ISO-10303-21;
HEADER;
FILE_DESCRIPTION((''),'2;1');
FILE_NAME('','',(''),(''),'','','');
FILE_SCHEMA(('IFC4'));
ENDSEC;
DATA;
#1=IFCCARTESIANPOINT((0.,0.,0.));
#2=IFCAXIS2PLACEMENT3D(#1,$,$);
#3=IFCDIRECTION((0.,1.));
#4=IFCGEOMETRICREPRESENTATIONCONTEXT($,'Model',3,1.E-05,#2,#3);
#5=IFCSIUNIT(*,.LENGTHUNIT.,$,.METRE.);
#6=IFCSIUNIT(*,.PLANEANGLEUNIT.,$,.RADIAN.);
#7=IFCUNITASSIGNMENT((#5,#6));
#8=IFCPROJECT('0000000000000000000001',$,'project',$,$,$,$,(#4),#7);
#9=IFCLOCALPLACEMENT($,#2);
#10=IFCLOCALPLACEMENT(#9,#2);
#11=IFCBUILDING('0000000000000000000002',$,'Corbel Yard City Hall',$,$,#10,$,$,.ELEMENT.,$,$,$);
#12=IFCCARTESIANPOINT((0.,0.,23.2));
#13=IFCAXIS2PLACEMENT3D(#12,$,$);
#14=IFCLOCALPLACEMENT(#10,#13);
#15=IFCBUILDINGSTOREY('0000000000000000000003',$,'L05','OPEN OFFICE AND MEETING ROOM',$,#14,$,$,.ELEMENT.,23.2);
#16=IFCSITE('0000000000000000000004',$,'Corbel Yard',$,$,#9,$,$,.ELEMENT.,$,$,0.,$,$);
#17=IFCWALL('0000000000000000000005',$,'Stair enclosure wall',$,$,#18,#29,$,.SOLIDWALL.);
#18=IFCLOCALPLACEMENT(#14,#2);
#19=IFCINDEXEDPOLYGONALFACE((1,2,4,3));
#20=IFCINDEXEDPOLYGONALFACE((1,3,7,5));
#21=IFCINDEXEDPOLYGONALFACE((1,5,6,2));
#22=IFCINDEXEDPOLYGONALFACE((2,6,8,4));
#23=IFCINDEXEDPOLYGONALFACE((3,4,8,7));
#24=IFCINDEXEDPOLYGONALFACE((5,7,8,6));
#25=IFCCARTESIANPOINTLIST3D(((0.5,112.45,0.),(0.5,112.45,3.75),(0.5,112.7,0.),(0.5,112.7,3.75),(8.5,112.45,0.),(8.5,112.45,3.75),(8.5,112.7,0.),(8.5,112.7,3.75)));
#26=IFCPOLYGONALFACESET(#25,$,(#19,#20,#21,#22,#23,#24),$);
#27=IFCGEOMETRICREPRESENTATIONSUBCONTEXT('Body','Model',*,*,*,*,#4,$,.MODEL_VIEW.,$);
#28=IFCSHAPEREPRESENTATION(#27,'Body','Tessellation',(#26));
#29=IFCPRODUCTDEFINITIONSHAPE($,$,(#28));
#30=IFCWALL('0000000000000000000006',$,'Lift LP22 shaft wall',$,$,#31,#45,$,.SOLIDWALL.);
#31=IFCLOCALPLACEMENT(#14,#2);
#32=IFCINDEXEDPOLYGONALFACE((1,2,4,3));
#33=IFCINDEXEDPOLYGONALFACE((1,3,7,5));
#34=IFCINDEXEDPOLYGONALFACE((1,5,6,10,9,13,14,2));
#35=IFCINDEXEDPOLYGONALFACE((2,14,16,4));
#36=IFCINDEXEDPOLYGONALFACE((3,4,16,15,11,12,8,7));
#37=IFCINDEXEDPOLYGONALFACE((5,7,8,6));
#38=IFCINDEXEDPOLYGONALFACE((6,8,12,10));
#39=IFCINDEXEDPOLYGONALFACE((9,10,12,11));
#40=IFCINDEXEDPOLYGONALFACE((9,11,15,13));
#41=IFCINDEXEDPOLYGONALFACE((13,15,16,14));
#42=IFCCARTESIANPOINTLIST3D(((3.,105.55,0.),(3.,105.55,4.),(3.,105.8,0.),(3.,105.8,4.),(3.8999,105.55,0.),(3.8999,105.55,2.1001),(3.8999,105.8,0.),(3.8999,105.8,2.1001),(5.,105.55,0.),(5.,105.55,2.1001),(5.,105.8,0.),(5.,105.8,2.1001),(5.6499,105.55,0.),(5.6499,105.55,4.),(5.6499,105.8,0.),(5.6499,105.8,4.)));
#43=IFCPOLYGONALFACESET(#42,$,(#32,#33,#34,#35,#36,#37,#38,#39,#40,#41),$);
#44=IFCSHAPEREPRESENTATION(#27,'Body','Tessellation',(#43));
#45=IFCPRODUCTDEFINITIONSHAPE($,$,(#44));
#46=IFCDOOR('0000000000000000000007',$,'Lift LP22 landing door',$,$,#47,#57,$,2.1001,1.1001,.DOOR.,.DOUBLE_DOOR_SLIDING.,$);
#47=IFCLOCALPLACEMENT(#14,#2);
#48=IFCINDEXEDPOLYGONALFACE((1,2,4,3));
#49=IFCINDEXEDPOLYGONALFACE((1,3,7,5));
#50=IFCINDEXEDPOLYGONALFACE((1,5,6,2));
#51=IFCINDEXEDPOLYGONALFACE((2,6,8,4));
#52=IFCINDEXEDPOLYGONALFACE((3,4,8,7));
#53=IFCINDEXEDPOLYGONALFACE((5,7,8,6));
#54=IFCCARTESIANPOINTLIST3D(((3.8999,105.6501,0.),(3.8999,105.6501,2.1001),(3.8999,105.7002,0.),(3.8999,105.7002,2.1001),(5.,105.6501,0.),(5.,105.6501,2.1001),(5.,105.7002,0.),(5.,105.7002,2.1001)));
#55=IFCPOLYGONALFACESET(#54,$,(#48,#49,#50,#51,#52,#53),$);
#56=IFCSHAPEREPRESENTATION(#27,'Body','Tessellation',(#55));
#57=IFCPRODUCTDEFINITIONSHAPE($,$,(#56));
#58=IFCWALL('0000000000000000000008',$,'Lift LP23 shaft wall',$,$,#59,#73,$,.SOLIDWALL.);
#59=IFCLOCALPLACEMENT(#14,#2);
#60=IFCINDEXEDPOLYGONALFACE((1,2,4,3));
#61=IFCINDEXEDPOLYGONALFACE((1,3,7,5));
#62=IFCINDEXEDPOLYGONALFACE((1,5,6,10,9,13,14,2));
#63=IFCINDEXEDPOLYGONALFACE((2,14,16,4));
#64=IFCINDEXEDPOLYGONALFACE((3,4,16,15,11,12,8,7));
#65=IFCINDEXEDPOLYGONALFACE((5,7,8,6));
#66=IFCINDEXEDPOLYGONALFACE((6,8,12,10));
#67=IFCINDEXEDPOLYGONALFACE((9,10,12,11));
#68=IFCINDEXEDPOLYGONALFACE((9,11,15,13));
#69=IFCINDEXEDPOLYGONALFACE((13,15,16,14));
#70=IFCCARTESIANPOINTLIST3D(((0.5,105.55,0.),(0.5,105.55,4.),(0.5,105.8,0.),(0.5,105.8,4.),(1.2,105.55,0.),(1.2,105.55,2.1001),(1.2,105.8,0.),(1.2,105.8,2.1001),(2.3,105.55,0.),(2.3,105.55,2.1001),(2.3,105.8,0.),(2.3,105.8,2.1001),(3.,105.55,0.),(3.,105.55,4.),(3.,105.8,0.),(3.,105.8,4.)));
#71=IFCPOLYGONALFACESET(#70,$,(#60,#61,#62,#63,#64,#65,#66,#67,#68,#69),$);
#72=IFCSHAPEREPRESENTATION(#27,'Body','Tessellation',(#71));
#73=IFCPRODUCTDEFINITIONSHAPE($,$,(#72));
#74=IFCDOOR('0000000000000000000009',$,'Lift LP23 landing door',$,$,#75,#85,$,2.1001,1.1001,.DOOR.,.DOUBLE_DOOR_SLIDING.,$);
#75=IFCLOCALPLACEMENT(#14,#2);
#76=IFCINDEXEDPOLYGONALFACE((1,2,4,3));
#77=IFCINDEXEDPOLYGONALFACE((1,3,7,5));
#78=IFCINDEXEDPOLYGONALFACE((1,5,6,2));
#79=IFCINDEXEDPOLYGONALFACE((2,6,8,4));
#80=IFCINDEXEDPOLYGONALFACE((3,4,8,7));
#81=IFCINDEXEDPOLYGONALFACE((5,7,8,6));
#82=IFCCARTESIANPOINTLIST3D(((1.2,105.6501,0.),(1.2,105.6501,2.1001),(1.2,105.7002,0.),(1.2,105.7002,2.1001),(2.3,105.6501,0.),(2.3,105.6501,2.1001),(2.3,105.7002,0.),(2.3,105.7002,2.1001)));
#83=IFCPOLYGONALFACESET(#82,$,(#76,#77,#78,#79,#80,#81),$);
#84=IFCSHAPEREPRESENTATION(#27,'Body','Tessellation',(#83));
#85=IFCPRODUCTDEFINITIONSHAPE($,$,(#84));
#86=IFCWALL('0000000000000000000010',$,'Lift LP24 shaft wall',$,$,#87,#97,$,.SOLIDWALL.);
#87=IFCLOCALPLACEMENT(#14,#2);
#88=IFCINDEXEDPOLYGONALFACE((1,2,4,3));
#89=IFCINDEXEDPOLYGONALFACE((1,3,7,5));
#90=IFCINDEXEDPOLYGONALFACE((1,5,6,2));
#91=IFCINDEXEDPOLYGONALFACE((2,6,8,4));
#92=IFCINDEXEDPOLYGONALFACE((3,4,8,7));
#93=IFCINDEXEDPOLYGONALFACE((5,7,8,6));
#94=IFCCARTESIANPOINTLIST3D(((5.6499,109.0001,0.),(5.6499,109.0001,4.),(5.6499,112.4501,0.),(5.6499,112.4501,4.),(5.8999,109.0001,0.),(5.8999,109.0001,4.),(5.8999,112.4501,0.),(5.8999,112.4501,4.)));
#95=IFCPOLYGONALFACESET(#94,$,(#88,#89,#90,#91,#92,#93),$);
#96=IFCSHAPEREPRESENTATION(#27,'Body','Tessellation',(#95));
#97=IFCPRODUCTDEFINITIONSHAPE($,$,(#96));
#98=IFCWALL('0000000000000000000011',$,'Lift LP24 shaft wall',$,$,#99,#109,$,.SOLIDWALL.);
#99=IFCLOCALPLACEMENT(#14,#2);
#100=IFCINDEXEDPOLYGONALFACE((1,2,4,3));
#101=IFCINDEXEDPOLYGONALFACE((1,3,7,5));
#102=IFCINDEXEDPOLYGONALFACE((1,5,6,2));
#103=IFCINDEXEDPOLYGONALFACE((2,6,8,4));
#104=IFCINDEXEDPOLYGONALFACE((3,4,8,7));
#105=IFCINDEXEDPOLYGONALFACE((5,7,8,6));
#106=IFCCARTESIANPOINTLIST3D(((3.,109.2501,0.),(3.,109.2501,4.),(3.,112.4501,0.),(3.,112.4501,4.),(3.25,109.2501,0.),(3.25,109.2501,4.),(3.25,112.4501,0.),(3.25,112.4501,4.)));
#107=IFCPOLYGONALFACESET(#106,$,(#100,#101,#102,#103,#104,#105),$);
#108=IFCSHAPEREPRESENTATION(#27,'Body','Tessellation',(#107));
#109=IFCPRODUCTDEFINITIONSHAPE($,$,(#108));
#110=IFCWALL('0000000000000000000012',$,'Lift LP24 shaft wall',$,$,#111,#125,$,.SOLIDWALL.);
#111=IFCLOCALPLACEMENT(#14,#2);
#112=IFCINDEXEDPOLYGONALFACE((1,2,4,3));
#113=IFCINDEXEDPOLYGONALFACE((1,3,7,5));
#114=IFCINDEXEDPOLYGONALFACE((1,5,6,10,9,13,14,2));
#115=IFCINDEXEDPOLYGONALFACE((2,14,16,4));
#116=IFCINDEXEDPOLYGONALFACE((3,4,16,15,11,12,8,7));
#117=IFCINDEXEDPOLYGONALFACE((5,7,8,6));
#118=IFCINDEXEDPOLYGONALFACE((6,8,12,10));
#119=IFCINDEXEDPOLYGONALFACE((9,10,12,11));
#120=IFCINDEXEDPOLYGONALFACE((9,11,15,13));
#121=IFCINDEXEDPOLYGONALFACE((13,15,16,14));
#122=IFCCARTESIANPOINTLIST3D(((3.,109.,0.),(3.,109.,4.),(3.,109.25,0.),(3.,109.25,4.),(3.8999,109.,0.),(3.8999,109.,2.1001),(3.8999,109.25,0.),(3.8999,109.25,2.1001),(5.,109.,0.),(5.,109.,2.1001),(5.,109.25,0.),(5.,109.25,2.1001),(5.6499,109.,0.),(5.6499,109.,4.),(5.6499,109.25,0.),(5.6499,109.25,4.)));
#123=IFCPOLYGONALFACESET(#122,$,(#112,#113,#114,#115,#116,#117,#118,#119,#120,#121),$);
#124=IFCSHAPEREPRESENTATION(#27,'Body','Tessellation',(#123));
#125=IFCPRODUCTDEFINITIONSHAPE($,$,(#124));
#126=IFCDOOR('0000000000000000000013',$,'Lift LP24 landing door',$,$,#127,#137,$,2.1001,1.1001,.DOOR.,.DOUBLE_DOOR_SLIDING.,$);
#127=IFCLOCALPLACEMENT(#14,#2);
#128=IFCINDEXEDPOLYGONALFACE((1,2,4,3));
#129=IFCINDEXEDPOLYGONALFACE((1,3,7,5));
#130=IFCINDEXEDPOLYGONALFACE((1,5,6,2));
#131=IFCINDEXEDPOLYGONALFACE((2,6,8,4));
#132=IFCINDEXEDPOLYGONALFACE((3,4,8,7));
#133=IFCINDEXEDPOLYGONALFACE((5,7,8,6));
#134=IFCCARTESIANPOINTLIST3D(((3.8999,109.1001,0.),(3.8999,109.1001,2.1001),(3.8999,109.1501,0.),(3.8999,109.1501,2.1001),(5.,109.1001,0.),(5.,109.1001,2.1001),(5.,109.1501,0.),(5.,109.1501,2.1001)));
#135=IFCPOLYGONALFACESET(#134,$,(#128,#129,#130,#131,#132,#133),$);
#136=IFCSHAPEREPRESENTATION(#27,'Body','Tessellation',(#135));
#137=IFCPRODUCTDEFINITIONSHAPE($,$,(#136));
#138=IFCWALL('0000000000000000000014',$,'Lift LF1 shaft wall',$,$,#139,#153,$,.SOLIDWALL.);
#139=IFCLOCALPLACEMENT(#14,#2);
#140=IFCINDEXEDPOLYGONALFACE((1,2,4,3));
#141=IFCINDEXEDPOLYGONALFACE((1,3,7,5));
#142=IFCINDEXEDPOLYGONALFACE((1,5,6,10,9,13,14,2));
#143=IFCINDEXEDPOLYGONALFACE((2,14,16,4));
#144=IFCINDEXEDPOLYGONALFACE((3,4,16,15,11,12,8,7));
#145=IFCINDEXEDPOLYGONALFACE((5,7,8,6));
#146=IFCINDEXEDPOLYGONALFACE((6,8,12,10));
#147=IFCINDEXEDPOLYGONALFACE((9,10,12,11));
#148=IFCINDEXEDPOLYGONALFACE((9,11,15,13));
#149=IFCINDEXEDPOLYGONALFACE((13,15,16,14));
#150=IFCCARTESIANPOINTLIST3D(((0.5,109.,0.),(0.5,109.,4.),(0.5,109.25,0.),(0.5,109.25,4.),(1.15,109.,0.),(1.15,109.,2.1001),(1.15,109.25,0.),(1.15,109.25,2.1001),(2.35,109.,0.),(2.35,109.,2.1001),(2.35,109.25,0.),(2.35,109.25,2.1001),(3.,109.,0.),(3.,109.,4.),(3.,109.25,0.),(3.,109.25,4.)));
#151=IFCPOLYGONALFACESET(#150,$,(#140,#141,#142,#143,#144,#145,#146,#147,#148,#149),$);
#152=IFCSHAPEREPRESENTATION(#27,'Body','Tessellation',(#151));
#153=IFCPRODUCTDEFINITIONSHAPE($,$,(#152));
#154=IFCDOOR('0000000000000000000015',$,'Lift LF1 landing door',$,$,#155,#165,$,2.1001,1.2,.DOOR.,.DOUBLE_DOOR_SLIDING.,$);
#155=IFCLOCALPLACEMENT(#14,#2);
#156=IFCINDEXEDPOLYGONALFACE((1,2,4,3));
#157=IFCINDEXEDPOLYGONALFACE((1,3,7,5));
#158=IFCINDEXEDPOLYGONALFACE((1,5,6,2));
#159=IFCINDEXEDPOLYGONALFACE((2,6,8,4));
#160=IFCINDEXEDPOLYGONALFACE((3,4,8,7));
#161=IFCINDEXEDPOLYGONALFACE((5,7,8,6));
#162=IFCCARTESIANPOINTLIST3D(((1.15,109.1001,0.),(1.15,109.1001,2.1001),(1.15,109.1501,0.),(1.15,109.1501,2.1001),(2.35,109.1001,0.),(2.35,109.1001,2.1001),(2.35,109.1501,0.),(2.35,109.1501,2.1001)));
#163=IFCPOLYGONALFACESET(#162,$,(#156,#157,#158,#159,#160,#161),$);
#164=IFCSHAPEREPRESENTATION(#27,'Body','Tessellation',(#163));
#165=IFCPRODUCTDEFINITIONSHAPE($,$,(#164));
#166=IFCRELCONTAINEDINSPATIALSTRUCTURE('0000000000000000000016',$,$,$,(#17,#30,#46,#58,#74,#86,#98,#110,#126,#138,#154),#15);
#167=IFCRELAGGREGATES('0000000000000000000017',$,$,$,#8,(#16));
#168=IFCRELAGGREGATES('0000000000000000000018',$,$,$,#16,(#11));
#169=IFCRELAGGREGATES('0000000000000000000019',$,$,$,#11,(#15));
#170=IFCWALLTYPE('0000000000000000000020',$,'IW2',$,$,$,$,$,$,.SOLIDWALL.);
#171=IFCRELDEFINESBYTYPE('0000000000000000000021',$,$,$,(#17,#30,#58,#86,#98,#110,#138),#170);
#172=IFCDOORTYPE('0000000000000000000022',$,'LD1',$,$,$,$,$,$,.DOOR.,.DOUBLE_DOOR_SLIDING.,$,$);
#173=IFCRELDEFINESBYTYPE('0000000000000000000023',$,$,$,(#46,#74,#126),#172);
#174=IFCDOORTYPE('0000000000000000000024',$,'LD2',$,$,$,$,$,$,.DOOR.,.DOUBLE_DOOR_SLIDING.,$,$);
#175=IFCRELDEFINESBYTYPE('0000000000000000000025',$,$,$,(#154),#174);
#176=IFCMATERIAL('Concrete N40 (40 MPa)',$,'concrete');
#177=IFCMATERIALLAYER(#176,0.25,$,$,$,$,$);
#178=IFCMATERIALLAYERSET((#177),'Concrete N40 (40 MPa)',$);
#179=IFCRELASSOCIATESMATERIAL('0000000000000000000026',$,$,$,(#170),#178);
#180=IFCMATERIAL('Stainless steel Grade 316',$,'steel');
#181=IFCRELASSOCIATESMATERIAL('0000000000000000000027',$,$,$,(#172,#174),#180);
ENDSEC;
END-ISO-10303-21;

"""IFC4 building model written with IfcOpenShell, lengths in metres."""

from ifc_helpers import new_model, si_unit, direction, frame, frame_2d, origin, place, context, subcontext, project, spatial, rectangle, extrude, material, layer, layer_set, type_object, element, fill, save


model = new_model("IFC4")

# Units and contexts
model_context = context("Model", 3, precision=1e-05, world=origin(), true_north=direction((0.0, 1.0)))
body_context = subcontext(model_context, "Body", "Model", "MODEL_VIEW")
ifc_project = project(units=[si_unit("LENGTHUNIT", "METRE"), si_unit("PLANEANGLEUNIT", "RADIAN")], contexts=[model_context])

# Site, building, storey
site_placement = place(None, origin())
site = spatial("IfcSite", under=ifc_project, at=site_placement, Name="Corbel Yard", CompositionType="ELEMENT", RefElevation=0.0)
building_placement = place(site_placement, origin())
building = spatial("IfcBuilding", under=site, at=building_placement, Name="Corbel Yard City Hall", CompositionType="ELEMENT")
storey_placement = place(building_placement, frame((0.0, 0.0, 23.2)))
storey = spatial("IfcBuildingStorey", under=building, at=storey_placement, Name="L05", Description="OPEN OFFICE AND MEETING ROOM", CompositionType="ELEMENT", Elevation=23.2)

# Wall
ifc_material_1 = material(Name="Concrete N40 (40 MPa)", Category="concrete")
ifc_layer_1 = layer(ifc_material_1, 0.25)
ifc_layer_set_1 = layer_set([ifc_layer_1], Name="Concrete N40 (40 MPa)")
wall_type_1 = type_object("IfcWallType", Name="IW2", PredefinedType="SOLIDWALL", material=ifc_layer_set_1)
wall_1_placement = place(storey_placement, frame((8.5, 112.575, 0.0), z_axis=(0.0, 0.0, 1.0), x_axis=(-1.0, 0.0, 0.0)))
element("IfcWall", 1, at=wall_1_placement, inside=storey, type_object=wall_type_1, Name="Stair enclosure wall", PredefinedType="SOLIDWALL", context=body_context, shape_type="SweptSolid", body=[
    extrude(rectangle(XDim=8.0, YDim=0.25, at=frame_2d((4.0, 0.0))), origin(), (0.0, 0.0, 1.0), 3.75),
])

# Walls, openings, doors
wall_2_placement = place(storey_placement, frame((5.6499, 105.675, 0.0), z_axis=(0.0, 0.0, 1.0), x_axis=(-1.0, 0.0, 0.0)))
wall_2 = element("IfcWall", 2, at=wall_2_placement, inside=storey, type_object=wall_type_1, Name="Lift LP22 shaft wall", PredefinedType="SOLIDWALL", context=body_context, shape_type="SweptSolid", body=[
    extrude(rectangle(XDim=2.6499, YDim=0.25, at=frame_2d((1.325, 0.0))), origin(), (0.0, 0.0, 1.0), 4.0),
])
opening_1_placement = place(wall_2_placement, frame((0.6499, 0.0, 0.0)))
opening_1 = element("IfcOpeningElement", 3, at=opening_1_placement, cuts=wall_2, PredefinedType="OPENING", context=body_context, shape_type="SweptSolid", body=[
    extrude(rectangle(XDim=1.1001, YDim=2.1001, at=frame_2d((0.55, 1.05))), frame((0.0, 0.135, 0.0), z_axis=(0.0, -1.0, 0.0), x_axis=(1.0, 0.0, 0.0)), (0.0, 0.0, 1.0), 0.27),
])
ifc_material_2 = material(Name="Stainless steel Grade 316", Category="steel")
door_type_1 = type_object("IfcDoorType", Name="LD1", OperationType="DOUBLE_DOOR_SLIDING", PredefinedType="DOOR", material=ifc_material_2)
door_1_placement = place(opening_1_placement, origin())
door_1 = element("IfcDoor", 4, at=door_1_placement, inside=storey, type_object=door_type_1, Name="Lift LP22 landing door", OperationType="DOUBLE_DOOR_SLIDING", OverallHeight=2.1001, OverallWidth=1.1001, PredefinedType="DOOR", context=body_context, shape_type="SweptSolid", body=[
    extrude(rectangle(XDim=1.1001, YDim=2.1001, at=frame_2d((0.55, 1.05))), frame((0.0, 0.0249, 0.0), z_axis=(0.0, -1.0, 0.0), x_axis=(1.0, 0.0, 0.0)), (0.0, 0.0, 1.0), 0.05),
])
fill(opening_1, door_1)
wall_3_placement = place(storey_placement, frame((3.0, 105.675, 0.0), z_axis=(0.0, 0.0, 1.0), x_axis=(-1.0, 0.0, 0.0)))
wall_3 = element("IfcWall", 5, at=wall_3_placement, inside=storey, type_object=wall_type_1, Name="Lift LP23 shaft wall", PredefinedType="SOLIDWALL", context=body_context, shape_type="SweptSolid", body=[
    extrude(rectangle(XDim=2.5, YDim=0.25, at=frame_2d((1.25, 0.0))), origin(), (0.0, 0.0, 1.0), 4.0),
])
opening_2_placement = place(wall_3_placement, frame((0.7, 0.0, 0.0)))
opening_2 = element("IfcOpeningElement", 6, at=opening_2_placement, cuts=wall_3, PredefinedType="OPENING", context=body_context, shape_type="SweptSolid", body=[
    extrude(rectangle(XDim=1.1001, YDim=2.1001, at=frame_2d((0.55, 1.05))), frame((0.0, 0.135, 0.0), z_axis=(0.0, -1.0, 0.0), x_axis=(1.0, 0.0, 0.0)), (0.0, 0.0, 1.0), 0.27),
])
door_2_placement = place(opening_2_placement, origin())
door_2 = element("IfcDoor", 7, at=door_2_placement, inside=storey, type_object=door_type_1, Name="Lift LP23 landing door", OperationType="DOUBLE_DOOR_SLIDING", OverallHeight=2.1001, OverallWidth=1.1001, PredefinedType="DOOR", context=body_context, shape_type="SweptSolid", body=[
    extrude(rectangle(XDim=1.1001, YDim=2.1001, at=frame_2d((0.55, 1.05))), frame((0.0, 0.0249, 0.0), z_axis=(0.0, -1.0, 0.0), x_axis=(1.0, 0.0, 0.0)), (0.0, 0.0, 1.0), 0.05),
])
fill(opening_2, door_2)

# Walls
wall_4_placement = place(storey_placement, frame((5.7749, 109.0, 0.0), z_axis=(0.0, 0.0, 1.0), x_axis=(0.0, 1.0, 0.0)))
element("IfcWall", 8, at=wall_4_placement, inside=storey, type_object=wall_type_1, Name="Lift LP24 shaft wall", PredefinedType="SOLIDWALL", context=body_context, shape_type="SweptSolid", body=[
    extrude(rectangle(XDim=3.45, YDim=0.25, at=frame_2d((1.7251, 0.0))), origin(), (0.0, 0.0, 1.0), 4.0),
])
wall_5_placement = place(storey_placement, frame((3.125, 109.25, 0.0), z_axis=(0.0, 0.0, 1.0), x_axis=(0.0, 1.0, 0.0)))
element("IfcWall", 9, at=wall_5_placement, inside=storey, type_object=wall_type_1, Name="Lift LP24 shaft wall", PredefinedType="SOLIDWALL", context=body_context, shape_type="SweptSolid", body=[
    extrude(rectangle(XDim=3.2, YDim=0.25, at=frame_2d((1.6001, 0.0))), origin(), (0.0, 0.0, 1.0), 4.0),
])

# Walls, openings, doors
wall_6_placement = place(storey_placement, frame((5.6499, 109.125, 0.0), z_axis=(0.0, 0.0, 1.0), x_axis=(-1.0, 0.0, 0.0)))
wall_6 = element("IfcWall", 10, at=wall_6_placement, inside=storey, type_object=wall_type_1, Name="Lift LP24 shaft wall", PredefinedType="SOLIDWALL", context=body_context, shape_type="SweptSolid", body=[
    extrude(rectangle(XDim=2.6499, YDim=0.25, at=frame_2d((1.325, 0.0))), origin(), (0.0, 0.0, 1.0), 4.0),
])
opening_3_placement = place(wall_6_placement, frame((0.6499, 0.0, 0.0)))
opening_3 = element("IfcOpeningElement", 11, at=opening_3_placement, cuts=wall_6, PredefinedType="OPENING", context=body_context, shape_type="SweptSolid", body=[
    extrude(rectangle(XDim=1.1001, YDim=2.1001, at=frame_2d((0.55, 1.05))), frame((0.0, 0.135, 0.0), z_axis=(0.0, -1.0, 0.0), x_axis=(1.0, 0.0, 0.0)), (0.0, 0.0, 1.0), 0.27),
])
door_3_placement = place(opening_3_placement, origin())
door_3 = element("IfcDoor", 12, at=door_3_placement, inside=storey, type_object=door_type_1, Name="Lift LP24 landing door", OperationType="DOUBLE_DOOR_SLIDING", OverallHeight=2.1001, OverallWidth=1.1001, PredefinedType="DOOR", context=body_context, shape_type="SweptSolid", body=[
    extrude(rectangle(XDim=1.1001, YDim=2.1001, at=frame_2d((0.55, 1.05))), frame((0.0, 0.0249, 0.0), z_axis=(0.0, -1.0, 0.0), x_axis=(1.0, 0.0, 0.0)), (0.0, 0.0, 1.0), 0.05),
])
fill(opening_3, door_3)
wall_7_placement = place(storey_placement, frame((3.0, 109.125, 0.0), z_axis=(0.0, 0.0, 1.0), x_axis=(-1.0, 0.0, 0.0)))
wall_7 = element("IfcWall", 13, at=wall_7_placement, inside=storey, type_object=wall_type_1, Name="Lift LF1 shaft wall", PredefinedType="SOLIDWALL", context=body_context, shape_type="SweptSolid", body=[
    extrude(rectangle(XDim=2.5, YDim=0.25, at=frame_2d((1.25, 0.0))), origin(), (0.0, 0.0, 1.0), 4.0),
])
opening_4_placement = place(wall_7_placement, frame((0.6499, 0.0, 0.0)))
opening_4 = element("IfcOpeningElement", 14, at=opening_4_placement, cuts=wall_7, PredefinedType="OPENING", context=body_context, shape_type="SweptSolid", body=[
    extrude(rectangle(XDim=1.2, YDim=2.1001, at=frame_2d((0.6001, 1.05))), frame((0.0, 0.135, 0.0), z_axis=(0.0, -1.0, 0.0), x_axis=(1.0, 0.0, 0.0)), (0.0, 0.0, 1.0), 0.27),
])
door_type_2 = type_object("IfcDoorType", Name="LD2", OperationType="DOUBLE_DOOR_SLIDING", PredefinedType="DOOR", material=ifc_material_2)
door_4_placement = place(opening_4_placement, origin())
door_4 = element("IfcDoor", 15, at=door_4_placement, inside=storey, type_object=door_type_2, Name="Lift LF1 landing door", OperationType="DOUBLE_DOOR_SLIDING", OverallHeight=2.1001, OverallWidth=1.2, PredefinedType="DOOR", context=body_context, shape_type="SweptSolid", body=[
    extrude(rectangle(XDim=1.2, YDim=2.1001, at=frame_2d((0.6001, 1.05))), frame((0.0, 0.0249, 0.0), z_axis=(0.0, -1.0, 0.0), x_axis=(1.0, 0.0, 0.0)), (0.0, 0.0, 1.0), 0.05),
])
fill(opening_4, door_4)

save(model, "model.ifc")
